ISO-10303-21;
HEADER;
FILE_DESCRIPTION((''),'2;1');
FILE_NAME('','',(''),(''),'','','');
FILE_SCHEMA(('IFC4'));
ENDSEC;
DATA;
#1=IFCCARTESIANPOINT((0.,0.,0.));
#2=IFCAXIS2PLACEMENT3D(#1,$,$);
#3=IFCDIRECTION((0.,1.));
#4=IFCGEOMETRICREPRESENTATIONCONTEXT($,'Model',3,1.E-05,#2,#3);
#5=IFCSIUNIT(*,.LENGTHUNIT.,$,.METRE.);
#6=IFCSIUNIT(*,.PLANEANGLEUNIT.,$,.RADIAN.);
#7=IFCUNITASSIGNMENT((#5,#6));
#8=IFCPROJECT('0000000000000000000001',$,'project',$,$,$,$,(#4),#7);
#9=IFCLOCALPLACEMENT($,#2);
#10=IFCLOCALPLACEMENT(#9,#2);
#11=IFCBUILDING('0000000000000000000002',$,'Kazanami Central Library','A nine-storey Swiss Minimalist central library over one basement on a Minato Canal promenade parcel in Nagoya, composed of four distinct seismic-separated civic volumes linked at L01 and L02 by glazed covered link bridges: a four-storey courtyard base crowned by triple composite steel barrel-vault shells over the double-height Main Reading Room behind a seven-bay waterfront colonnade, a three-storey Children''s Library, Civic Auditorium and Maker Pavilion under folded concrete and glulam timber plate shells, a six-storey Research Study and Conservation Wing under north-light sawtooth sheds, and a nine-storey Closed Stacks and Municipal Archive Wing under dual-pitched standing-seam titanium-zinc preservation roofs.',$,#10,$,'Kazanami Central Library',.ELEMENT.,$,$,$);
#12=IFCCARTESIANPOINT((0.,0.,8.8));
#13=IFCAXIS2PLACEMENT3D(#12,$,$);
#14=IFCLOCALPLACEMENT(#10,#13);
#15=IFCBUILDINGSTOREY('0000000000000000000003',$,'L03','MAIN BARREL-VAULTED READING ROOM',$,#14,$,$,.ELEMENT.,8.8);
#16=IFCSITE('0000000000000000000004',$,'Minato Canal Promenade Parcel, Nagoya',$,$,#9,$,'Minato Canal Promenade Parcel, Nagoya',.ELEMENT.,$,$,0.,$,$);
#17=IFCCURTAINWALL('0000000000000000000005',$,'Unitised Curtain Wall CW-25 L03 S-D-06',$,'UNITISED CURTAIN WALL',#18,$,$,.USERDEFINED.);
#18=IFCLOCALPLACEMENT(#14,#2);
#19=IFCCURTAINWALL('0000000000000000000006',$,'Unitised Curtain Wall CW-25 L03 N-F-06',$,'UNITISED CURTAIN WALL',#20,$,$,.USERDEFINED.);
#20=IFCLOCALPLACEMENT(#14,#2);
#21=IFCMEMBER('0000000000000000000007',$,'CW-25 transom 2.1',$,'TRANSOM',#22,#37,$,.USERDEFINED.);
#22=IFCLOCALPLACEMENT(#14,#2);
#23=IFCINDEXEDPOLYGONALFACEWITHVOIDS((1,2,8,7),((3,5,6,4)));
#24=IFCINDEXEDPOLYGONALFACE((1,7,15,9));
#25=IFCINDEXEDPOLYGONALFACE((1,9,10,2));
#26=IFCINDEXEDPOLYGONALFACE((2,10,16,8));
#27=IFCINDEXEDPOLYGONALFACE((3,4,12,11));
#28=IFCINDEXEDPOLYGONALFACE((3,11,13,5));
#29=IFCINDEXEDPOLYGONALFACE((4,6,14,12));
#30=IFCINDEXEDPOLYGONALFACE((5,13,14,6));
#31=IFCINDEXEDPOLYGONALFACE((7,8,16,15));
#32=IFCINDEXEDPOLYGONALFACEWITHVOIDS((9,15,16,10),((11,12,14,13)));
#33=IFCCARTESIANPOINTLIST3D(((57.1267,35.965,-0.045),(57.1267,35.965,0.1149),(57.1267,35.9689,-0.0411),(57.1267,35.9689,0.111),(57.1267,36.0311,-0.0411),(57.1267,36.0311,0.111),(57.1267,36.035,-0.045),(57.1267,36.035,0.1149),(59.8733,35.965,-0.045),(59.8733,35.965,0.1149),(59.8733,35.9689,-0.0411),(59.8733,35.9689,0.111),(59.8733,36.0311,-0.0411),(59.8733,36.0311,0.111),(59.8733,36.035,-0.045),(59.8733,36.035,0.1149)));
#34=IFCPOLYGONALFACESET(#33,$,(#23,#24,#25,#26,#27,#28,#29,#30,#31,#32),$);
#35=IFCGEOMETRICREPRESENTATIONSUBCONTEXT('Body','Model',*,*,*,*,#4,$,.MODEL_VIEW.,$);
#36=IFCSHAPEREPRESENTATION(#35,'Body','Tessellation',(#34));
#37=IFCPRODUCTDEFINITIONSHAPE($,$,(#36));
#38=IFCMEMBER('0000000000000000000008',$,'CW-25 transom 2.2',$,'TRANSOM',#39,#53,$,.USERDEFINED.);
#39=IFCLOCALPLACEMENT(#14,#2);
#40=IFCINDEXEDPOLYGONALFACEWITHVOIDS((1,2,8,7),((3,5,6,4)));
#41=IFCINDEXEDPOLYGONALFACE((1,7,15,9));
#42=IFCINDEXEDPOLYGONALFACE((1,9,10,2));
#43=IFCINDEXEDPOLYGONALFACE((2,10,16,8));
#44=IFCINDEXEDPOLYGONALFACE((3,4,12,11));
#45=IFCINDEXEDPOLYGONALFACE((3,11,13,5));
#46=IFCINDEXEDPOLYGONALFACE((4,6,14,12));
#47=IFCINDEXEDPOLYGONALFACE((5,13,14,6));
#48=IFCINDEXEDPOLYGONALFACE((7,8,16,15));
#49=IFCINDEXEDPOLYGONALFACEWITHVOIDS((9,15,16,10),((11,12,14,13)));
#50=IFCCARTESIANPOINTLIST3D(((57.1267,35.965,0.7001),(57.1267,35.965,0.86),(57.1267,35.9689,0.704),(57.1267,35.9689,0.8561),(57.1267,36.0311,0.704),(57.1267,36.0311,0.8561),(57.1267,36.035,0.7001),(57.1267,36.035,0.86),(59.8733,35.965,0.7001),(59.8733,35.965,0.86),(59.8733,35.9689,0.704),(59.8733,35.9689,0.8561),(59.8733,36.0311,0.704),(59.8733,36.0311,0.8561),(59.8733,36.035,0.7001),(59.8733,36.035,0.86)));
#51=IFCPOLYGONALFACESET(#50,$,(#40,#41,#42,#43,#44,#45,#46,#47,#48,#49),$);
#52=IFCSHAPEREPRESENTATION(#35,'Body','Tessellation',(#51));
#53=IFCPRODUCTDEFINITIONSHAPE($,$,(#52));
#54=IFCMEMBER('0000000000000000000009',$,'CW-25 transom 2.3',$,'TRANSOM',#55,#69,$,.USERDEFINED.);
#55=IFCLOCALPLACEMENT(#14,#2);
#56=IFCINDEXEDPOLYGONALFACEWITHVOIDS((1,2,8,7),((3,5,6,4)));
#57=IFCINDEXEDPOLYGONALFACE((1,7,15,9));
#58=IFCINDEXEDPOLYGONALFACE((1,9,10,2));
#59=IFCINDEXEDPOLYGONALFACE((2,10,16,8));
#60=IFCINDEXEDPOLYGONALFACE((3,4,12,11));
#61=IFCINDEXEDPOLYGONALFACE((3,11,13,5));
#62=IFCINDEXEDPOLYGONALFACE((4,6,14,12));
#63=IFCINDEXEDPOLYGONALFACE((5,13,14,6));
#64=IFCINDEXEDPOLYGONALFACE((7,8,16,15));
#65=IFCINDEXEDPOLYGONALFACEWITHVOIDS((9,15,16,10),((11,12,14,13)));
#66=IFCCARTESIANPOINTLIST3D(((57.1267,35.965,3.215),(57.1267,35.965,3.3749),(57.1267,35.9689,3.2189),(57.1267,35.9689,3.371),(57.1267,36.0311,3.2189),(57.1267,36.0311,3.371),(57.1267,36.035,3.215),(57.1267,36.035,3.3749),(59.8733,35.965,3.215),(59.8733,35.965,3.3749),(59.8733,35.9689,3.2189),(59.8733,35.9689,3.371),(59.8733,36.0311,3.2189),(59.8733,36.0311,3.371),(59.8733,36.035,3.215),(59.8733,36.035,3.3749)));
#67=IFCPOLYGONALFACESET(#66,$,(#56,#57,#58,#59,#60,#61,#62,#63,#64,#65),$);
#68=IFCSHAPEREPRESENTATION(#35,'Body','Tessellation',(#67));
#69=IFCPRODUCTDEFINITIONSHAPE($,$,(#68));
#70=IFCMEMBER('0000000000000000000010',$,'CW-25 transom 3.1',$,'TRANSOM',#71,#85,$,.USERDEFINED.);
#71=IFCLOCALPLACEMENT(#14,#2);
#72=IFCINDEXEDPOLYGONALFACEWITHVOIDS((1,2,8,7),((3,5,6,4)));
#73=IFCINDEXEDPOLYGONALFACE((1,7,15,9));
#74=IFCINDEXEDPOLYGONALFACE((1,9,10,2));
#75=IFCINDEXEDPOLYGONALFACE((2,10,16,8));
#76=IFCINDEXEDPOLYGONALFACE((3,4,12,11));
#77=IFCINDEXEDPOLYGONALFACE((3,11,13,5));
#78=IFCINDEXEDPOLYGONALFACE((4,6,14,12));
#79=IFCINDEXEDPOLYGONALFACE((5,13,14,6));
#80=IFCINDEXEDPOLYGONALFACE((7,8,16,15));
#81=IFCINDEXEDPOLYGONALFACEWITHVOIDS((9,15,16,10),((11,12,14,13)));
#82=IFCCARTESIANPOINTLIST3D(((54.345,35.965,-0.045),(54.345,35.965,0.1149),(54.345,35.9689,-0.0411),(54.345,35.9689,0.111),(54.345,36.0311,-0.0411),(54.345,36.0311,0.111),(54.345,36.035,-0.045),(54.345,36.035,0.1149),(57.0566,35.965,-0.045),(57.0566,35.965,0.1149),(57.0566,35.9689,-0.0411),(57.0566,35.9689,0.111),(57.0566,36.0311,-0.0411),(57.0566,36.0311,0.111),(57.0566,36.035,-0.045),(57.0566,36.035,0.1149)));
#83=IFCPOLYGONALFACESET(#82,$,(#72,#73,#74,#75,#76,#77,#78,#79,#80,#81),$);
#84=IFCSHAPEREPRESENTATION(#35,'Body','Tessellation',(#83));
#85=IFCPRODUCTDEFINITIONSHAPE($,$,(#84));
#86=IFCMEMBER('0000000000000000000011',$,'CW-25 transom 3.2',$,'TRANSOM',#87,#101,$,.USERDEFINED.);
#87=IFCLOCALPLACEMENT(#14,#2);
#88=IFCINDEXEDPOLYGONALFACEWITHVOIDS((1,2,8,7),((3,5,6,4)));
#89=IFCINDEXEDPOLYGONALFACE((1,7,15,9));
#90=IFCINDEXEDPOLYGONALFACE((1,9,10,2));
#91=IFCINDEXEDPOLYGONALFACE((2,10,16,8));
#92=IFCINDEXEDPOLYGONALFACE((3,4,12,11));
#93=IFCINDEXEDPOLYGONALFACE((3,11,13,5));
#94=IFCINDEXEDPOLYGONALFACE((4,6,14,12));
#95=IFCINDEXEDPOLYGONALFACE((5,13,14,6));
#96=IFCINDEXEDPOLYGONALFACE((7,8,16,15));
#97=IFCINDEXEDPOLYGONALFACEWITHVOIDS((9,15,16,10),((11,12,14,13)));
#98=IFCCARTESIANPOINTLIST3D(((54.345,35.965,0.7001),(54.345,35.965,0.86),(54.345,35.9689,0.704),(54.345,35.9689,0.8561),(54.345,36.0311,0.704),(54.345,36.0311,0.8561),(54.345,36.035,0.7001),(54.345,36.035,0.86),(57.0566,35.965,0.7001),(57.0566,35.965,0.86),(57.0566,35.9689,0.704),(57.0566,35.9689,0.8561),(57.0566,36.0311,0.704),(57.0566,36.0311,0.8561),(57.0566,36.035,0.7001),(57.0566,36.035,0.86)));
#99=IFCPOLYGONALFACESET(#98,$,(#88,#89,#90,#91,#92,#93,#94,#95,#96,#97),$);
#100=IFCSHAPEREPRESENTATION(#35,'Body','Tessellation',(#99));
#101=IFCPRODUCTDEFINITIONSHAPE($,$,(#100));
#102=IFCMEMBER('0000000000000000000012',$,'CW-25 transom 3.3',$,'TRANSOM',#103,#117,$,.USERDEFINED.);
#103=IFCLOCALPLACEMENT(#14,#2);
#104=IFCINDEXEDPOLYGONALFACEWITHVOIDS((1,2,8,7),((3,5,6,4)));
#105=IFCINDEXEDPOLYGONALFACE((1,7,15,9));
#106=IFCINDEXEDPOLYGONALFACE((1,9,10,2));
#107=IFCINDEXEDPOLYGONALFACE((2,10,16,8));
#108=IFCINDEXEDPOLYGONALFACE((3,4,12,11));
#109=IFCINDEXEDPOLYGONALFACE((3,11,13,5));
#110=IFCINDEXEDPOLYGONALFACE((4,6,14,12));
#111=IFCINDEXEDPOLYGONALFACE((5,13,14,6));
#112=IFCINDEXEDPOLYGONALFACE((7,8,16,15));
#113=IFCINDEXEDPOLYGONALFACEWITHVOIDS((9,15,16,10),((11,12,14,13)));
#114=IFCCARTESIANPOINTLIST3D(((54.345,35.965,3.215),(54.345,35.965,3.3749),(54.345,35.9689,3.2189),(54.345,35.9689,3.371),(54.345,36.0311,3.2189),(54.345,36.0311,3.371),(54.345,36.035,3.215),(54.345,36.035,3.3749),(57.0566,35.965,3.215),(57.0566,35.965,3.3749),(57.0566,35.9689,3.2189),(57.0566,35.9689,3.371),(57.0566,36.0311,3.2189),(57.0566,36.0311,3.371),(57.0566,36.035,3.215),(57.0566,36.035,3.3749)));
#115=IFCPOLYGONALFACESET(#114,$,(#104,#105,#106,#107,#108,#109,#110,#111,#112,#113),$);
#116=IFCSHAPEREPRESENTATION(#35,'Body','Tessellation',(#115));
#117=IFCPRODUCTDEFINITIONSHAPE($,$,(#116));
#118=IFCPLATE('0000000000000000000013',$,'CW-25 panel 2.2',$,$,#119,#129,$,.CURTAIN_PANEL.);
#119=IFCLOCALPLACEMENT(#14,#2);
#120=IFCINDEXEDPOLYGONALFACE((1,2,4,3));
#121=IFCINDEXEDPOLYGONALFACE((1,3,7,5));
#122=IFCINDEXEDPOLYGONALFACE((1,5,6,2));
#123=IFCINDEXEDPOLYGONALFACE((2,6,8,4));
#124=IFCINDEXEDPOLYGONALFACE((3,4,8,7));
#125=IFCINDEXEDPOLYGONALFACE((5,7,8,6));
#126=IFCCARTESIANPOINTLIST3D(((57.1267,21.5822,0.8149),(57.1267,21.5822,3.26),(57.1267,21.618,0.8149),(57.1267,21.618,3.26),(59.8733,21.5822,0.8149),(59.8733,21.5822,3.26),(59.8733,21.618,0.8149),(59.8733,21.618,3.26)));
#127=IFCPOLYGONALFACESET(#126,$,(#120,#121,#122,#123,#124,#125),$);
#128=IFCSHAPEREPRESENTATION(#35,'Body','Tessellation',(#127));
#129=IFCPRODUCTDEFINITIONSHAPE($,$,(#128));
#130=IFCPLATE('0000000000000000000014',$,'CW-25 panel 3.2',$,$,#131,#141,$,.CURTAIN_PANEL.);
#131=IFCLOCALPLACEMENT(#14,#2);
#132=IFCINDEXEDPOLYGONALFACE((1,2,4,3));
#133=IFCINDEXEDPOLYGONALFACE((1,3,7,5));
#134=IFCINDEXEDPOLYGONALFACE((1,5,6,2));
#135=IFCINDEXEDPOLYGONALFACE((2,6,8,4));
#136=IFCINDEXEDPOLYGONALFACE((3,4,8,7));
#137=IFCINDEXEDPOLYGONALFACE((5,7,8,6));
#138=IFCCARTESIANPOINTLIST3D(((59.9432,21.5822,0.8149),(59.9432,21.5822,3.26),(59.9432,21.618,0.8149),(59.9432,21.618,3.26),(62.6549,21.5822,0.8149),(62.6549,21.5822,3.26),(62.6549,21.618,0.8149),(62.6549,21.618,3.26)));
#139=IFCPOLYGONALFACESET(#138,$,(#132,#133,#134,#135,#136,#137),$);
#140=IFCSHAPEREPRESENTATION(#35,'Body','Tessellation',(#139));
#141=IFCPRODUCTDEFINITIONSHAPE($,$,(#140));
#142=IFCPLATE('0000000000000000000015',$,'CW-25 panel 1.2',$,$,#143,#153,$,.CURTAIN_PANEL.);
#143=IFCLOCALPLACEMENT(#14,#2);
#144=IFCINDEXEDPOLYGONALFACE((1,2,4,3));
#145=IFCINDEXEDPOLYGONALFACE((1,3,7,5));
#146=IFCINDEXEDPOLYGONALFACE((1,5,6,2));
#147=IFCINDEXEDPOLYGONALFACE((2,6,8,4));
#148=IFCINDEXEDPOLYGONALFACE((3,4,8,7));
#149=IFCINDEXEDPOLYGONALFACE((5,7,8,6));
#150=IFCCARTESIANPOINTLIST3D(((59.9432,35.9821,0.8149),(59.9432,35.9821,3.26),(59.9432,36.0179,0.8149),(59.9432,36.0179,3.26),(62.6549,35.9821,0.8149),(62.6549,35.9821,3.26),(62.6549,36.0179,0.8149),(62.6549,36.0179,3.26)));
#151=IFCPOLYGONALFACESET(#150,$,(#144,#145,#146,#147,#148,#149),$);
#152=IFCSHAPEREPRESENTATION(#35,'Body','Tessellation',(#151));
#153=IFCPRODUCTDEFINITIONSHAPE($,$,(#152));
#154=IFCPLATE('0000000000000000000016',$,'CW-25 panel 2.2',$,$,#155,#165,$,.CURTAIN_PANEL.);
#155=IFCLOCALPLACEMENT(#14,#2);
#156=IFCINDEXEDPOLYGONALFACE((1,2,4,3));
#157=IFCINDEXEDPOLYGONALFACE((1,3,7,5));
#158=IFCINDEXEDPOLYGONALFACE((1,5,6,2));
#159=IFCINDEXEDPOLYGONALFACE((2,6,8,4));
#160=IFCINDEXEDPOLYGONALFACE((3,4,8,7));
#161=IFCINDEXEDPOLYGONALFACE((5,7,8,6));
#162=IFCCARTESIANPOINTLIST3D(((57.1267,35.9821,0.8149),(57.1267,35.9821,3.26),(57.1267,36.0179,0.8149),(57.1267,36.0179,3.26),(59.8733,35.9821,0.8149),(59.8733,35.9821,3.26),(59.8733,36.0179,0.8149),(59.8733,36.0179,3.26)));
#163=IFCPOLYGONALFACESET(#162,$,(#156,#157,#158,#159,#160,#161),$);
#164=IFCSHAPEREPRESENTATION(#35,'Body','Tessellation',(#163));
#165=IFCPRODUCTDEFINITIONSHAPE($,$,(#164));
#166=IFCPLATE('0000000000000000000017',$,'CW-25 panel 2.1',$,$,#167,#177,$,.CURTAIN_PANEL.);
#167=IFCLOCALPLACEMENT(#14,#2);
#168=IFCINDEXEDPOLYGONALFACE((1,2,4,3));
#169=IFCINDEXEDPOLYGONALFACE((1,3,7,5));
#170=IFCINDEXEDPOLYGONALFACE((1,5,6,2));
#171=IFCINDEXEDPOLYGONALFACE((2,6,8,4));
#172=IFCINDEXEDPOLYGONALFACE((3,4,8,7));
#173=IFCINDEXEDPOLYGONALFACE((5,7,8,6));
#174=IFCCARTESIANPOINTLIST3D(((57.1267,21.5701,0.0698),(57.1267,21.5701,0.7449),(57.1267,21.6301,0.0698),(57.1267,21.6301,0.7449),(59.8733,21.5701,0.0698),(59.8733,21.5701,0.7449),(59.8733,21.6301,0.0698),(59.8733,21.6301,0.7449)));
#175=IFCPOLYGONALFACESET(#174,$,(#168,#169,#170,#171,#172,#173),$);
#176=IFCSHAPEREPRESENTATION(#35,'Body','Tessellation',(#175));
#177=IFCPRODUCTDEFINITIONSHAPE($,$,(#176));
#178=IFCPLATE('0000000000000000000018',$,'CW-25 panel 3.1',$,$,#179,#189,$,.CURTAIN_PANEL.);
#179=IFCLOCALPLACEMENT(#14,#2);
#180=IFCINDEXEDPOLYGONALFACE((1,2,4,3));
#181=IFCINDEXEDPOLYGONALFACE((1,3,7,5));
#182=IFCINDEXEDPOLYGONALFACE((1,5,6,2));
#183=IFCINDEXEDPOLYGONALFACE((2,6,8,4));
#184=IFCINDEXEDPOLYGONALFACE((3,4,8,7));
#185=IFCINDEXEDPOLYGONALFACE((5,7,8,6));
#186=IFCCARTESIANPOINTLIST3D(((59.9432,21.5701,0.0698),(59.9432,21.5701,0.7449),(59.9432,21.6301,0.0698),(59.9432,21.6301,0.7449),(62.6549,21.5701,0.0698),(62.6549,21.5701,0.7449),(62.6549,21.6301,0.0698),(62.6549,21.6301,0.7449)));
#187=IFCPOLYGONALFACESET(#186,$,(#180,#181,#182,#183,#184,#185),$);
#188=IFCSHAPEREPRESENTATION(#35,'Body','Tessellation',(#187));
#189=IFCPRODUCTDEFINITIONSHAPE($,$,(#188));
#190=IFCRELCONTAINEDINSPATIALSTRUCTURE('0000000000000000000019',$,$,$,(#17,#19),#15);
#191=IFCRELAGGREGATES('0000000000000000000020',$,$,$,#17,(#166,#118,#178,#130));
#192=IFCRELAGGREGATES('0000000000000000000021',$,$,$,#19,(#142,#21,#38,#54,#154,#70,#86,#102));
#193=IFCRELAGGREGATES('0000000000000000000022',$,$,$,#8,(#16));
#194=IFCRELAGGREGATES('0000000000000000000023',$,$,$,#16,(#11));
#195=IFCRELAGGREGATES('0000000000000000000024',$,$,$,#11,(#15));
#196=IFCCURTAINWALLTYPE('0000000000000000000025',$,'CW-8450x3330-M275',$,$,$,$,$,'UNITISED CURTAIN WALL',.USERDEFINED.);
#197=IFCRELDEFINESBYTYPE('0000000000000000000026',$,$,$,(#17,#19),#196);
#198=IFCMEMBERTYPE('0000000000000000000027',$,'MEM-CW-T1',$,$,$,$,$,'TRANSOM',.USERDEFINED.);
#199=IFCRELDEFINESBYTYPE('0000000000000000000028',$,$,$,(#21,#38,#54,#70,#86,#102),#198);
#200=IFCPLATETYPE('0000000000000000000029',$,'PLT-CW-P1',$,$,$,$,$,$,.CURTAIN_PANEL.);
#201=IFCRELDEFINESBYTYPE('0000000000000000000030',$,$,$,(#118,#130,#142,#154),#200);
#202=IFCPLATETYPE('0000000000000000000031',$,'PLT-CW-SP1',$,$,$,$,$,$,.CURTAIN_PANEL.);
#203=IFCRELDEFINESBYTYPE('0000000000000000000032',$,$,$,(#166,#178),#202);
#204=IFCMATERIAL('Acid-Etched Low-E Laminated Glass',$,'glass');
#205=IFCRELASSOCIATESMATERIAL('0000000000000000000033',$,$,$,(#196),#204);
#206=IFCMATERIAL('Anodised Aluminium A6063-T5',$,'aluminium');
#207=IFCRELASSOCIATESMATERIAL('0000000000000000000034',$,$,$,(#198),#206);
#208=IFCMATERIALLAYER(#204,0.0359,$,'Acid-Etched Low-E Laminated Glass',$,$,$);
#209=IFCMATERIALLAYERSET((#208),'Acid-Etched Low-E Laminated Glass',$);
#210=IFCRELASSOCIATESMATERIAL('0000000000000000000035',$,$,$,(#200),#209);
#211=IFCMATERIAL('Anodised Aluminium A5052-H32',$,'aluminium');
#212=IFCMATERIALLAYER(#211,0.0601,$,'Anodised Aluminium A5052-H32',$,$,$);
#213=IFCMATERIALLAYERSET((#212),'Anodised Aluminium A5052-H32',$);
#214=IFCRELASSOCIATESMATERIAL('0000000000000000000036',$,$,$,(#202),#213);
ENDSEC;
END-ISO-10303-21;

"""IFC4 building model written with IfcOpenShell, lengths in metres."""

from ifc_helpers import new_model, si_unit, direction, frame, origin, origin_2d, place, context, subcontext, project, spatial, rectangle, hollow_rectangle, extrude, material, layer, layer_set, material_profile, profile_set, type_object, element, aggregate, save


model = new_model("IFC4")

# Units and contexts
model_context = context("Model", 3, precision=1e-05, world=origin(), true_north=direction((0.0, 1.0)))
body_context = subcontext(model_context, "Body", "Model", "MODEL_VIEW")
ifc_project = project(units=[si_unit("LENGTHUNIT", "METRE"), si_unit("PLANEANGLEUNIT", "RADIAN")], contexts=[model_context])

# Site, building, storey
site_placement = place(None, origin())
site = spatial("IfcSite", under=ifc_project, at=site_placement, Name="Minato Canal Promenade Parcel, Nagoya", LongName="Minato Canal Promenade Parcel, Nagoya", CompositionType="ELEMENT", RefElevation=0.0)
building_placement = place(site_placement, origin())
building = spatial("IfcBuilding", under=site, at=building_placement, Name="Kazanami Central Library", Description="A nine-storey Swiss Minimalist central library over one basement on a Minato Canal promenade parcel in Nagoya, composed of four distinct seismic-separated civic volumes linked at L01 and L02 by glazed covered link bridges: a four-storey courtyard base crowned by triple composite steel barrel-vault shells over the double-height Main Reading Room behind a seven-bay waterfront colonnade, a three-storey Children's Library, Civic Auditorium and Maker Pavilion under folded concrete and glulam timber plate shells, a six-storey Research Study and Conservation Wing under north-light sawtooth sheds, and a nine-storey Closed Stacks and Municipal Archive Wing under dual-pitched standing-seam titanium-zinc preservation roofs.", LongName="Kazanami Central Library", CompositionType="ELEMENT")
storey_placement = place(building_placement, frame((0.0, 0.0, 8.8)))
storey = spatial("IfcBuildingStorey", under=building, at=storey_placement, Name="L03", Description="MAIN BARREL-VAULTED READING ROOM", CompositionType="ELEMENT", Elevation=8.8)

# Curtain walls
ifc_material_1 = material(Name="Acid-Etched Low-E Laminated Glass", Category="glass")
curtain_wall_type = type_object("IfcCurtainWallType", Name="CW-8450x3330-M275", ElementType="UNITISED CURTAIN WALL", PredefinedType="USERDEFINED", material=ifc_material_1)
curtain_wall_1_placement = place(storey_placement, origin())
curtain_wall_1 = element("IfcCurtainWall", 1, at=curtain_wall_1_placement, inside=storey, type_object=curtain_wall_type, Name="Unitised Curtain Wall CW-25 L03 S-D-06", ObjectType="UNITISED CURTAIN WALL", PredefinedType="USERDEFINED")
ifc_material_2 = material(Name="Anodised Aluminium A6063-T5", Category="aluminium")
curtain_wall_2_placement = place(storey_placement, origin())
curtain_wall_2 = element("IfcCurtainWall", 2, at=curtain_wall_2_placement, inside=storey, type_object=curtain_wall_type, Name="Unitised Curtain Wall CW-25 L03 N-F-06", ObjectType="UNITISED CURTAIN WALL", PredefinedType="USERDEFINED")

# Members
ifc_material_profile_1 = material_profile(ifc_material_2, hollow_rectangle(XDim=0.0701, YDim=0.1599, WallThickness=0.0039, at=origin_2d()), Name="ALU-TRAN-70x160x4")
ifc_profile_set_1 = profile_set([ifc_material_profile_1], Name="Anodised Aluminium A6063-T5")
member_type_1 = type_object("IfcMemberType", Name="MEM-CW-T1", ElementType="TRANSOM", PredefinedType="USERDEFINED", material=ifc_profile_set_1)
member_1_placement = place(storey_placement, frame((59.8733, 36.0, 0.0349), z_axis=(-1.0, 0.0, 0.0), x_axis=(0.0, -1.0, 0.0)))
member_1 = element("IfcMember", 3, at=member_1_placement, type_object=member_type_1, Name="CW-25 transom 2.1", ObjectType="TRANSOM", PredefinedType="USERDEFINED", context=body_context, shape_type="SweptSolid", body=[
    extrude(hollow_rectangle(XDim=0.0701, YDim=0.1599, WallThickness=0.0039, at=origin_2d()), origin(), (0.0, 0.0, 1.0), 2.7466),
])
member_2_placement = place(storey_placement, frame((59.8733, 36.0, 0.78), z_axis=(-1.0, 0.0, 0.0), x_axis=(0.0, -1.0, 0.0)))
member_2 = element("IfcMember", 4, at=member_2_placement, type_object=member_type_1, Name="CW-25 transom 2.2", ObjectType="TRANSOM", PredefinedType="USERDEFINED", context=body_context, shape_type="SweptSolid", body=[
    extrude(hollow_rectangle(XDim=0.0701, YDim=0.1599, WallThickness=0.0039, at=origin_2d()), origin(), (0.0, 0.0, 1.0), 2.7466),
])
member_3_placement = place(storey_placement, frame((59.8733, 36.0, 3.2949), z_axis=(-1.0, 0.0, 0.0), x_axis=(0.0, -1.0, 0.0)))
member_3 = element("IfcMember", 5, at=member_3_placement, type_object=member_type_1, Name="CW-25 transom 2.3", ObjectType="TRANSOM", PredefinedType="USERDEFINED", context=body_context, shape_type="SweptSolid", body=[
    extrude(hollow_rectangle(XDim=0.0701, YDim=0.1599, WallThickness=0.0039, at=origin_2d()), origin(), (0.0, 0.0, 1.0), 2.7466),
])
member_4_placement = place(storey_placement, frame((57.0566, 36.0, 0.0349), z_axis=(-1.0, 0.0, 0.0), x_axis=(0.0, -1.0, 0.0)))
member_4 = element("IfcMember", 6, at=member_4_placement, type_object=member_type_1, Name="CW-25 transom 3.1", ObjectType="TRANSOM", PredefinedType="USERDEFINED", context=body_context, shape_type="SweptSolid", body=[
    extrude(hollow_rectangle(XDim=0.0701, YDim=0.1599, WallThickness=0.0039, at=origin_2d()), origin(), (0.0, 0.0, 1.0), 2.7117),
])
member_5_placement = place(storey_placement, frame((57.0566, 36.0, 0.78), z_axis=(-1.0, 0.0, 0.0), x_axis=(0.0, -1.0, 0.0)))
member_5 = element("IfcMember", 7, at=member_5_placement, type_object=member_type_1, Name="CW-25 transom 3.2", ObjectType="TRANSOM", PredefinedType="USERDEFINED", context=body_context, shape_type="SweptSolid", body=[
    extrude(hollow_rectangle(XDim=0.0701, YDim=0.1599, WallThickness=0.0039, at=origin_2d()), origin(), (0.0, 0.0, 1.0), 2.7117),
])
member_6_placement = place(storey_placement, frame((57.0566, 36.0, 3.2949), z_axis=(-1.0, 0.0, 0.0), x_axis=(0.0, -1.0, 0.0)))
member_6 = element("IfcMember", 8, at=member_6_placement, type_object=member_type_1, Name="CW-25 transom 3.3", ObjectType="TRANSOM", PredefinedType="USERDEFINED", context=body_context, shape_type="SweptSolid", body=[
    extrude(hollow_rectangle(XDim=0.0701, YDim=0.1599, WallThickness=0.0039, at=origin_2d()), origin(), (0.0, 0.0, 1.0), 2.7117),
])

# Plates
ifc_layer_1 = layer(ifc_material_1, 0.0359, Name="Acid-Etched Low-E Laminated Glass")
ifc_layer_set_1 = layer_set([ifc_layer_1], Name="Acid-Etched Low-E Laminated Glass")
plate_type_1 = type_object("IfcPlateType", Name="PLT-CW-P1", PredefinedType="CURTAIN_PANEL", material=ifc_layer_set_1)
plate_1_placement = place(storey_placement, frame((58.5, 21.6001, 0.8149), z_axis=(0.0, 0.0, 1.0), x_axis=(1.0, 0.0, 0.0)))
plate_1 = element("IfcPlate", 9, at=plate_1_placement, type_object=plate_type_1, Name="CW-25 panel 2.2", PredefinedType="CURTAIN_PANEL", context=body_context, shape_type="SweptSolid", body=[
    extrude(rectangle(XDim=2.7466, YDim=0.0359, at=origin_2d()), origin(), (0.0, 0.0, 1.0), 2.4451),
])
plate_2_placement = place(storey_placement, frame((61.2991, 21.6001, 0.8149), z_axis=(0.0, 0.0, 1.0), x_axis=(1.0, 0.0, 0.0)))
plate_2 = element("IfcPlate", 10, at=plate_2_placement, type_object=plate_type_1, Name="CW-25 panel 3.2", PredefinedType="CURTAIN_PANEL", context=body_context, shape_type="SweptSolid", body=[
    extrude(rectangle(XDim=2.7117, YDim=0.0359, at=origin_2d()), origin(), (0.0, 0.0, 1.0), 2.4451),
])
plate_3_placement = place(storey_placement, frame((61.2991, 36.0, 0.8149), z_axis=(0.0, 0.0, 1.0), x_axis=(-1.0, 0.0, 0.0)))
plate_3 = element("IfcPlate", 11, at=plate_3_placement, type_object=plate_type_1, Name="CW-25 panel 1.2", PredefinedType="CURTAIN_PANEL", context=body_context, shape_type="SweptSolid", body=[
    extrude(rectangle(XDim=2.7117, YDim=0.0359, at=origin_2d()), origin(), (0.0, 0.0, 1.0), 2.4451),
])
plate_4_placement = place(storey_placement, frame((58.5, 36.0, 0.8149), z_axis=(0.0, 0.0, 1.0), x_axis=(-1.0, 0.0, 0.0)))
plate_4 = element("IfcPlate", 12, at=plate_4_placement, type_object=plate_type_1, Name="CW-25 panel 2.2", PredefinedType="CURTAIN_PANEL", context=body_context, shape_type="SweptSolid", body=[
    extrude(rectangle(XDim=2.7466, YDim=0.0359, at=origin_2d()), origin(), (0.0, 0.0, 1.0), 2.4451),
])
ifc_material_3 = material(Name="Anodised Aluminium A5052-H32", Category="aluminium")
ifc_layer_2 = layer(ifc_material_3, 0.0601, Name="Anodised Aluminium A5052-H32")
ifc_layer_set_2 = layer_set([ifc_layer_2], Name="Anodised Aluminium A5052-H32")
plate_type_2 = type_object("IfcPlateType", Name="PLT-CW-SP1", PredefinedType="CURTAIN_PANEL", material=ifc_layer_set_2)
plate_5_placement = place(storey_placement, frame((58.5, 21.6001, 0.0698), z_axis=(0.0, 0.0, 1.0), x_axis=(1.0, 0.0, 0.0)))
plate_5 = element("IfcPlate", 13, at=plate_5_placement, type_object=plate_type_2, Name="CW-25 panel 2.1", PredefinedType="CURTAIN_PANEL", context=body_context, shape_type="SweptSolid", body=[
    extrude(rectangle(XDim=2.7466, YDim=0.0601, at=origin_2d()), origin(), (0.0, 0.0, 1.0), 0.675),
])
plate_6_placement = place(storey_placement, frame((61.2991, 21.6001, 0.0698), z_axis=(0.0, 0.0, 1.0), x_axis=(1.0, 0.0, 0.0)))
plate_6 = element("IfcPlate", 14, at=plate_6_placement, type_object=plate_type_2, Name="CW-25 panel 3.1", PredefinedType="CURTAIN_PANEL", context=body_context, shape_type="SweptSolid", body=[
    extrude(rectangle(XDim=2.7117, YDim=0.0601, at=origin_2d()), origin(), (0.0, 0.0, 1.0), 0.675),
])
aggregate(curtain_wall_1, [plate_5, plate_1, plate_6, plate_2])
aggregate(curtain_wall_2, [plate_3, member_1, member_2, member_3, plate_4, member_4, member_5, member_6])

save(model, "model.ifc")
